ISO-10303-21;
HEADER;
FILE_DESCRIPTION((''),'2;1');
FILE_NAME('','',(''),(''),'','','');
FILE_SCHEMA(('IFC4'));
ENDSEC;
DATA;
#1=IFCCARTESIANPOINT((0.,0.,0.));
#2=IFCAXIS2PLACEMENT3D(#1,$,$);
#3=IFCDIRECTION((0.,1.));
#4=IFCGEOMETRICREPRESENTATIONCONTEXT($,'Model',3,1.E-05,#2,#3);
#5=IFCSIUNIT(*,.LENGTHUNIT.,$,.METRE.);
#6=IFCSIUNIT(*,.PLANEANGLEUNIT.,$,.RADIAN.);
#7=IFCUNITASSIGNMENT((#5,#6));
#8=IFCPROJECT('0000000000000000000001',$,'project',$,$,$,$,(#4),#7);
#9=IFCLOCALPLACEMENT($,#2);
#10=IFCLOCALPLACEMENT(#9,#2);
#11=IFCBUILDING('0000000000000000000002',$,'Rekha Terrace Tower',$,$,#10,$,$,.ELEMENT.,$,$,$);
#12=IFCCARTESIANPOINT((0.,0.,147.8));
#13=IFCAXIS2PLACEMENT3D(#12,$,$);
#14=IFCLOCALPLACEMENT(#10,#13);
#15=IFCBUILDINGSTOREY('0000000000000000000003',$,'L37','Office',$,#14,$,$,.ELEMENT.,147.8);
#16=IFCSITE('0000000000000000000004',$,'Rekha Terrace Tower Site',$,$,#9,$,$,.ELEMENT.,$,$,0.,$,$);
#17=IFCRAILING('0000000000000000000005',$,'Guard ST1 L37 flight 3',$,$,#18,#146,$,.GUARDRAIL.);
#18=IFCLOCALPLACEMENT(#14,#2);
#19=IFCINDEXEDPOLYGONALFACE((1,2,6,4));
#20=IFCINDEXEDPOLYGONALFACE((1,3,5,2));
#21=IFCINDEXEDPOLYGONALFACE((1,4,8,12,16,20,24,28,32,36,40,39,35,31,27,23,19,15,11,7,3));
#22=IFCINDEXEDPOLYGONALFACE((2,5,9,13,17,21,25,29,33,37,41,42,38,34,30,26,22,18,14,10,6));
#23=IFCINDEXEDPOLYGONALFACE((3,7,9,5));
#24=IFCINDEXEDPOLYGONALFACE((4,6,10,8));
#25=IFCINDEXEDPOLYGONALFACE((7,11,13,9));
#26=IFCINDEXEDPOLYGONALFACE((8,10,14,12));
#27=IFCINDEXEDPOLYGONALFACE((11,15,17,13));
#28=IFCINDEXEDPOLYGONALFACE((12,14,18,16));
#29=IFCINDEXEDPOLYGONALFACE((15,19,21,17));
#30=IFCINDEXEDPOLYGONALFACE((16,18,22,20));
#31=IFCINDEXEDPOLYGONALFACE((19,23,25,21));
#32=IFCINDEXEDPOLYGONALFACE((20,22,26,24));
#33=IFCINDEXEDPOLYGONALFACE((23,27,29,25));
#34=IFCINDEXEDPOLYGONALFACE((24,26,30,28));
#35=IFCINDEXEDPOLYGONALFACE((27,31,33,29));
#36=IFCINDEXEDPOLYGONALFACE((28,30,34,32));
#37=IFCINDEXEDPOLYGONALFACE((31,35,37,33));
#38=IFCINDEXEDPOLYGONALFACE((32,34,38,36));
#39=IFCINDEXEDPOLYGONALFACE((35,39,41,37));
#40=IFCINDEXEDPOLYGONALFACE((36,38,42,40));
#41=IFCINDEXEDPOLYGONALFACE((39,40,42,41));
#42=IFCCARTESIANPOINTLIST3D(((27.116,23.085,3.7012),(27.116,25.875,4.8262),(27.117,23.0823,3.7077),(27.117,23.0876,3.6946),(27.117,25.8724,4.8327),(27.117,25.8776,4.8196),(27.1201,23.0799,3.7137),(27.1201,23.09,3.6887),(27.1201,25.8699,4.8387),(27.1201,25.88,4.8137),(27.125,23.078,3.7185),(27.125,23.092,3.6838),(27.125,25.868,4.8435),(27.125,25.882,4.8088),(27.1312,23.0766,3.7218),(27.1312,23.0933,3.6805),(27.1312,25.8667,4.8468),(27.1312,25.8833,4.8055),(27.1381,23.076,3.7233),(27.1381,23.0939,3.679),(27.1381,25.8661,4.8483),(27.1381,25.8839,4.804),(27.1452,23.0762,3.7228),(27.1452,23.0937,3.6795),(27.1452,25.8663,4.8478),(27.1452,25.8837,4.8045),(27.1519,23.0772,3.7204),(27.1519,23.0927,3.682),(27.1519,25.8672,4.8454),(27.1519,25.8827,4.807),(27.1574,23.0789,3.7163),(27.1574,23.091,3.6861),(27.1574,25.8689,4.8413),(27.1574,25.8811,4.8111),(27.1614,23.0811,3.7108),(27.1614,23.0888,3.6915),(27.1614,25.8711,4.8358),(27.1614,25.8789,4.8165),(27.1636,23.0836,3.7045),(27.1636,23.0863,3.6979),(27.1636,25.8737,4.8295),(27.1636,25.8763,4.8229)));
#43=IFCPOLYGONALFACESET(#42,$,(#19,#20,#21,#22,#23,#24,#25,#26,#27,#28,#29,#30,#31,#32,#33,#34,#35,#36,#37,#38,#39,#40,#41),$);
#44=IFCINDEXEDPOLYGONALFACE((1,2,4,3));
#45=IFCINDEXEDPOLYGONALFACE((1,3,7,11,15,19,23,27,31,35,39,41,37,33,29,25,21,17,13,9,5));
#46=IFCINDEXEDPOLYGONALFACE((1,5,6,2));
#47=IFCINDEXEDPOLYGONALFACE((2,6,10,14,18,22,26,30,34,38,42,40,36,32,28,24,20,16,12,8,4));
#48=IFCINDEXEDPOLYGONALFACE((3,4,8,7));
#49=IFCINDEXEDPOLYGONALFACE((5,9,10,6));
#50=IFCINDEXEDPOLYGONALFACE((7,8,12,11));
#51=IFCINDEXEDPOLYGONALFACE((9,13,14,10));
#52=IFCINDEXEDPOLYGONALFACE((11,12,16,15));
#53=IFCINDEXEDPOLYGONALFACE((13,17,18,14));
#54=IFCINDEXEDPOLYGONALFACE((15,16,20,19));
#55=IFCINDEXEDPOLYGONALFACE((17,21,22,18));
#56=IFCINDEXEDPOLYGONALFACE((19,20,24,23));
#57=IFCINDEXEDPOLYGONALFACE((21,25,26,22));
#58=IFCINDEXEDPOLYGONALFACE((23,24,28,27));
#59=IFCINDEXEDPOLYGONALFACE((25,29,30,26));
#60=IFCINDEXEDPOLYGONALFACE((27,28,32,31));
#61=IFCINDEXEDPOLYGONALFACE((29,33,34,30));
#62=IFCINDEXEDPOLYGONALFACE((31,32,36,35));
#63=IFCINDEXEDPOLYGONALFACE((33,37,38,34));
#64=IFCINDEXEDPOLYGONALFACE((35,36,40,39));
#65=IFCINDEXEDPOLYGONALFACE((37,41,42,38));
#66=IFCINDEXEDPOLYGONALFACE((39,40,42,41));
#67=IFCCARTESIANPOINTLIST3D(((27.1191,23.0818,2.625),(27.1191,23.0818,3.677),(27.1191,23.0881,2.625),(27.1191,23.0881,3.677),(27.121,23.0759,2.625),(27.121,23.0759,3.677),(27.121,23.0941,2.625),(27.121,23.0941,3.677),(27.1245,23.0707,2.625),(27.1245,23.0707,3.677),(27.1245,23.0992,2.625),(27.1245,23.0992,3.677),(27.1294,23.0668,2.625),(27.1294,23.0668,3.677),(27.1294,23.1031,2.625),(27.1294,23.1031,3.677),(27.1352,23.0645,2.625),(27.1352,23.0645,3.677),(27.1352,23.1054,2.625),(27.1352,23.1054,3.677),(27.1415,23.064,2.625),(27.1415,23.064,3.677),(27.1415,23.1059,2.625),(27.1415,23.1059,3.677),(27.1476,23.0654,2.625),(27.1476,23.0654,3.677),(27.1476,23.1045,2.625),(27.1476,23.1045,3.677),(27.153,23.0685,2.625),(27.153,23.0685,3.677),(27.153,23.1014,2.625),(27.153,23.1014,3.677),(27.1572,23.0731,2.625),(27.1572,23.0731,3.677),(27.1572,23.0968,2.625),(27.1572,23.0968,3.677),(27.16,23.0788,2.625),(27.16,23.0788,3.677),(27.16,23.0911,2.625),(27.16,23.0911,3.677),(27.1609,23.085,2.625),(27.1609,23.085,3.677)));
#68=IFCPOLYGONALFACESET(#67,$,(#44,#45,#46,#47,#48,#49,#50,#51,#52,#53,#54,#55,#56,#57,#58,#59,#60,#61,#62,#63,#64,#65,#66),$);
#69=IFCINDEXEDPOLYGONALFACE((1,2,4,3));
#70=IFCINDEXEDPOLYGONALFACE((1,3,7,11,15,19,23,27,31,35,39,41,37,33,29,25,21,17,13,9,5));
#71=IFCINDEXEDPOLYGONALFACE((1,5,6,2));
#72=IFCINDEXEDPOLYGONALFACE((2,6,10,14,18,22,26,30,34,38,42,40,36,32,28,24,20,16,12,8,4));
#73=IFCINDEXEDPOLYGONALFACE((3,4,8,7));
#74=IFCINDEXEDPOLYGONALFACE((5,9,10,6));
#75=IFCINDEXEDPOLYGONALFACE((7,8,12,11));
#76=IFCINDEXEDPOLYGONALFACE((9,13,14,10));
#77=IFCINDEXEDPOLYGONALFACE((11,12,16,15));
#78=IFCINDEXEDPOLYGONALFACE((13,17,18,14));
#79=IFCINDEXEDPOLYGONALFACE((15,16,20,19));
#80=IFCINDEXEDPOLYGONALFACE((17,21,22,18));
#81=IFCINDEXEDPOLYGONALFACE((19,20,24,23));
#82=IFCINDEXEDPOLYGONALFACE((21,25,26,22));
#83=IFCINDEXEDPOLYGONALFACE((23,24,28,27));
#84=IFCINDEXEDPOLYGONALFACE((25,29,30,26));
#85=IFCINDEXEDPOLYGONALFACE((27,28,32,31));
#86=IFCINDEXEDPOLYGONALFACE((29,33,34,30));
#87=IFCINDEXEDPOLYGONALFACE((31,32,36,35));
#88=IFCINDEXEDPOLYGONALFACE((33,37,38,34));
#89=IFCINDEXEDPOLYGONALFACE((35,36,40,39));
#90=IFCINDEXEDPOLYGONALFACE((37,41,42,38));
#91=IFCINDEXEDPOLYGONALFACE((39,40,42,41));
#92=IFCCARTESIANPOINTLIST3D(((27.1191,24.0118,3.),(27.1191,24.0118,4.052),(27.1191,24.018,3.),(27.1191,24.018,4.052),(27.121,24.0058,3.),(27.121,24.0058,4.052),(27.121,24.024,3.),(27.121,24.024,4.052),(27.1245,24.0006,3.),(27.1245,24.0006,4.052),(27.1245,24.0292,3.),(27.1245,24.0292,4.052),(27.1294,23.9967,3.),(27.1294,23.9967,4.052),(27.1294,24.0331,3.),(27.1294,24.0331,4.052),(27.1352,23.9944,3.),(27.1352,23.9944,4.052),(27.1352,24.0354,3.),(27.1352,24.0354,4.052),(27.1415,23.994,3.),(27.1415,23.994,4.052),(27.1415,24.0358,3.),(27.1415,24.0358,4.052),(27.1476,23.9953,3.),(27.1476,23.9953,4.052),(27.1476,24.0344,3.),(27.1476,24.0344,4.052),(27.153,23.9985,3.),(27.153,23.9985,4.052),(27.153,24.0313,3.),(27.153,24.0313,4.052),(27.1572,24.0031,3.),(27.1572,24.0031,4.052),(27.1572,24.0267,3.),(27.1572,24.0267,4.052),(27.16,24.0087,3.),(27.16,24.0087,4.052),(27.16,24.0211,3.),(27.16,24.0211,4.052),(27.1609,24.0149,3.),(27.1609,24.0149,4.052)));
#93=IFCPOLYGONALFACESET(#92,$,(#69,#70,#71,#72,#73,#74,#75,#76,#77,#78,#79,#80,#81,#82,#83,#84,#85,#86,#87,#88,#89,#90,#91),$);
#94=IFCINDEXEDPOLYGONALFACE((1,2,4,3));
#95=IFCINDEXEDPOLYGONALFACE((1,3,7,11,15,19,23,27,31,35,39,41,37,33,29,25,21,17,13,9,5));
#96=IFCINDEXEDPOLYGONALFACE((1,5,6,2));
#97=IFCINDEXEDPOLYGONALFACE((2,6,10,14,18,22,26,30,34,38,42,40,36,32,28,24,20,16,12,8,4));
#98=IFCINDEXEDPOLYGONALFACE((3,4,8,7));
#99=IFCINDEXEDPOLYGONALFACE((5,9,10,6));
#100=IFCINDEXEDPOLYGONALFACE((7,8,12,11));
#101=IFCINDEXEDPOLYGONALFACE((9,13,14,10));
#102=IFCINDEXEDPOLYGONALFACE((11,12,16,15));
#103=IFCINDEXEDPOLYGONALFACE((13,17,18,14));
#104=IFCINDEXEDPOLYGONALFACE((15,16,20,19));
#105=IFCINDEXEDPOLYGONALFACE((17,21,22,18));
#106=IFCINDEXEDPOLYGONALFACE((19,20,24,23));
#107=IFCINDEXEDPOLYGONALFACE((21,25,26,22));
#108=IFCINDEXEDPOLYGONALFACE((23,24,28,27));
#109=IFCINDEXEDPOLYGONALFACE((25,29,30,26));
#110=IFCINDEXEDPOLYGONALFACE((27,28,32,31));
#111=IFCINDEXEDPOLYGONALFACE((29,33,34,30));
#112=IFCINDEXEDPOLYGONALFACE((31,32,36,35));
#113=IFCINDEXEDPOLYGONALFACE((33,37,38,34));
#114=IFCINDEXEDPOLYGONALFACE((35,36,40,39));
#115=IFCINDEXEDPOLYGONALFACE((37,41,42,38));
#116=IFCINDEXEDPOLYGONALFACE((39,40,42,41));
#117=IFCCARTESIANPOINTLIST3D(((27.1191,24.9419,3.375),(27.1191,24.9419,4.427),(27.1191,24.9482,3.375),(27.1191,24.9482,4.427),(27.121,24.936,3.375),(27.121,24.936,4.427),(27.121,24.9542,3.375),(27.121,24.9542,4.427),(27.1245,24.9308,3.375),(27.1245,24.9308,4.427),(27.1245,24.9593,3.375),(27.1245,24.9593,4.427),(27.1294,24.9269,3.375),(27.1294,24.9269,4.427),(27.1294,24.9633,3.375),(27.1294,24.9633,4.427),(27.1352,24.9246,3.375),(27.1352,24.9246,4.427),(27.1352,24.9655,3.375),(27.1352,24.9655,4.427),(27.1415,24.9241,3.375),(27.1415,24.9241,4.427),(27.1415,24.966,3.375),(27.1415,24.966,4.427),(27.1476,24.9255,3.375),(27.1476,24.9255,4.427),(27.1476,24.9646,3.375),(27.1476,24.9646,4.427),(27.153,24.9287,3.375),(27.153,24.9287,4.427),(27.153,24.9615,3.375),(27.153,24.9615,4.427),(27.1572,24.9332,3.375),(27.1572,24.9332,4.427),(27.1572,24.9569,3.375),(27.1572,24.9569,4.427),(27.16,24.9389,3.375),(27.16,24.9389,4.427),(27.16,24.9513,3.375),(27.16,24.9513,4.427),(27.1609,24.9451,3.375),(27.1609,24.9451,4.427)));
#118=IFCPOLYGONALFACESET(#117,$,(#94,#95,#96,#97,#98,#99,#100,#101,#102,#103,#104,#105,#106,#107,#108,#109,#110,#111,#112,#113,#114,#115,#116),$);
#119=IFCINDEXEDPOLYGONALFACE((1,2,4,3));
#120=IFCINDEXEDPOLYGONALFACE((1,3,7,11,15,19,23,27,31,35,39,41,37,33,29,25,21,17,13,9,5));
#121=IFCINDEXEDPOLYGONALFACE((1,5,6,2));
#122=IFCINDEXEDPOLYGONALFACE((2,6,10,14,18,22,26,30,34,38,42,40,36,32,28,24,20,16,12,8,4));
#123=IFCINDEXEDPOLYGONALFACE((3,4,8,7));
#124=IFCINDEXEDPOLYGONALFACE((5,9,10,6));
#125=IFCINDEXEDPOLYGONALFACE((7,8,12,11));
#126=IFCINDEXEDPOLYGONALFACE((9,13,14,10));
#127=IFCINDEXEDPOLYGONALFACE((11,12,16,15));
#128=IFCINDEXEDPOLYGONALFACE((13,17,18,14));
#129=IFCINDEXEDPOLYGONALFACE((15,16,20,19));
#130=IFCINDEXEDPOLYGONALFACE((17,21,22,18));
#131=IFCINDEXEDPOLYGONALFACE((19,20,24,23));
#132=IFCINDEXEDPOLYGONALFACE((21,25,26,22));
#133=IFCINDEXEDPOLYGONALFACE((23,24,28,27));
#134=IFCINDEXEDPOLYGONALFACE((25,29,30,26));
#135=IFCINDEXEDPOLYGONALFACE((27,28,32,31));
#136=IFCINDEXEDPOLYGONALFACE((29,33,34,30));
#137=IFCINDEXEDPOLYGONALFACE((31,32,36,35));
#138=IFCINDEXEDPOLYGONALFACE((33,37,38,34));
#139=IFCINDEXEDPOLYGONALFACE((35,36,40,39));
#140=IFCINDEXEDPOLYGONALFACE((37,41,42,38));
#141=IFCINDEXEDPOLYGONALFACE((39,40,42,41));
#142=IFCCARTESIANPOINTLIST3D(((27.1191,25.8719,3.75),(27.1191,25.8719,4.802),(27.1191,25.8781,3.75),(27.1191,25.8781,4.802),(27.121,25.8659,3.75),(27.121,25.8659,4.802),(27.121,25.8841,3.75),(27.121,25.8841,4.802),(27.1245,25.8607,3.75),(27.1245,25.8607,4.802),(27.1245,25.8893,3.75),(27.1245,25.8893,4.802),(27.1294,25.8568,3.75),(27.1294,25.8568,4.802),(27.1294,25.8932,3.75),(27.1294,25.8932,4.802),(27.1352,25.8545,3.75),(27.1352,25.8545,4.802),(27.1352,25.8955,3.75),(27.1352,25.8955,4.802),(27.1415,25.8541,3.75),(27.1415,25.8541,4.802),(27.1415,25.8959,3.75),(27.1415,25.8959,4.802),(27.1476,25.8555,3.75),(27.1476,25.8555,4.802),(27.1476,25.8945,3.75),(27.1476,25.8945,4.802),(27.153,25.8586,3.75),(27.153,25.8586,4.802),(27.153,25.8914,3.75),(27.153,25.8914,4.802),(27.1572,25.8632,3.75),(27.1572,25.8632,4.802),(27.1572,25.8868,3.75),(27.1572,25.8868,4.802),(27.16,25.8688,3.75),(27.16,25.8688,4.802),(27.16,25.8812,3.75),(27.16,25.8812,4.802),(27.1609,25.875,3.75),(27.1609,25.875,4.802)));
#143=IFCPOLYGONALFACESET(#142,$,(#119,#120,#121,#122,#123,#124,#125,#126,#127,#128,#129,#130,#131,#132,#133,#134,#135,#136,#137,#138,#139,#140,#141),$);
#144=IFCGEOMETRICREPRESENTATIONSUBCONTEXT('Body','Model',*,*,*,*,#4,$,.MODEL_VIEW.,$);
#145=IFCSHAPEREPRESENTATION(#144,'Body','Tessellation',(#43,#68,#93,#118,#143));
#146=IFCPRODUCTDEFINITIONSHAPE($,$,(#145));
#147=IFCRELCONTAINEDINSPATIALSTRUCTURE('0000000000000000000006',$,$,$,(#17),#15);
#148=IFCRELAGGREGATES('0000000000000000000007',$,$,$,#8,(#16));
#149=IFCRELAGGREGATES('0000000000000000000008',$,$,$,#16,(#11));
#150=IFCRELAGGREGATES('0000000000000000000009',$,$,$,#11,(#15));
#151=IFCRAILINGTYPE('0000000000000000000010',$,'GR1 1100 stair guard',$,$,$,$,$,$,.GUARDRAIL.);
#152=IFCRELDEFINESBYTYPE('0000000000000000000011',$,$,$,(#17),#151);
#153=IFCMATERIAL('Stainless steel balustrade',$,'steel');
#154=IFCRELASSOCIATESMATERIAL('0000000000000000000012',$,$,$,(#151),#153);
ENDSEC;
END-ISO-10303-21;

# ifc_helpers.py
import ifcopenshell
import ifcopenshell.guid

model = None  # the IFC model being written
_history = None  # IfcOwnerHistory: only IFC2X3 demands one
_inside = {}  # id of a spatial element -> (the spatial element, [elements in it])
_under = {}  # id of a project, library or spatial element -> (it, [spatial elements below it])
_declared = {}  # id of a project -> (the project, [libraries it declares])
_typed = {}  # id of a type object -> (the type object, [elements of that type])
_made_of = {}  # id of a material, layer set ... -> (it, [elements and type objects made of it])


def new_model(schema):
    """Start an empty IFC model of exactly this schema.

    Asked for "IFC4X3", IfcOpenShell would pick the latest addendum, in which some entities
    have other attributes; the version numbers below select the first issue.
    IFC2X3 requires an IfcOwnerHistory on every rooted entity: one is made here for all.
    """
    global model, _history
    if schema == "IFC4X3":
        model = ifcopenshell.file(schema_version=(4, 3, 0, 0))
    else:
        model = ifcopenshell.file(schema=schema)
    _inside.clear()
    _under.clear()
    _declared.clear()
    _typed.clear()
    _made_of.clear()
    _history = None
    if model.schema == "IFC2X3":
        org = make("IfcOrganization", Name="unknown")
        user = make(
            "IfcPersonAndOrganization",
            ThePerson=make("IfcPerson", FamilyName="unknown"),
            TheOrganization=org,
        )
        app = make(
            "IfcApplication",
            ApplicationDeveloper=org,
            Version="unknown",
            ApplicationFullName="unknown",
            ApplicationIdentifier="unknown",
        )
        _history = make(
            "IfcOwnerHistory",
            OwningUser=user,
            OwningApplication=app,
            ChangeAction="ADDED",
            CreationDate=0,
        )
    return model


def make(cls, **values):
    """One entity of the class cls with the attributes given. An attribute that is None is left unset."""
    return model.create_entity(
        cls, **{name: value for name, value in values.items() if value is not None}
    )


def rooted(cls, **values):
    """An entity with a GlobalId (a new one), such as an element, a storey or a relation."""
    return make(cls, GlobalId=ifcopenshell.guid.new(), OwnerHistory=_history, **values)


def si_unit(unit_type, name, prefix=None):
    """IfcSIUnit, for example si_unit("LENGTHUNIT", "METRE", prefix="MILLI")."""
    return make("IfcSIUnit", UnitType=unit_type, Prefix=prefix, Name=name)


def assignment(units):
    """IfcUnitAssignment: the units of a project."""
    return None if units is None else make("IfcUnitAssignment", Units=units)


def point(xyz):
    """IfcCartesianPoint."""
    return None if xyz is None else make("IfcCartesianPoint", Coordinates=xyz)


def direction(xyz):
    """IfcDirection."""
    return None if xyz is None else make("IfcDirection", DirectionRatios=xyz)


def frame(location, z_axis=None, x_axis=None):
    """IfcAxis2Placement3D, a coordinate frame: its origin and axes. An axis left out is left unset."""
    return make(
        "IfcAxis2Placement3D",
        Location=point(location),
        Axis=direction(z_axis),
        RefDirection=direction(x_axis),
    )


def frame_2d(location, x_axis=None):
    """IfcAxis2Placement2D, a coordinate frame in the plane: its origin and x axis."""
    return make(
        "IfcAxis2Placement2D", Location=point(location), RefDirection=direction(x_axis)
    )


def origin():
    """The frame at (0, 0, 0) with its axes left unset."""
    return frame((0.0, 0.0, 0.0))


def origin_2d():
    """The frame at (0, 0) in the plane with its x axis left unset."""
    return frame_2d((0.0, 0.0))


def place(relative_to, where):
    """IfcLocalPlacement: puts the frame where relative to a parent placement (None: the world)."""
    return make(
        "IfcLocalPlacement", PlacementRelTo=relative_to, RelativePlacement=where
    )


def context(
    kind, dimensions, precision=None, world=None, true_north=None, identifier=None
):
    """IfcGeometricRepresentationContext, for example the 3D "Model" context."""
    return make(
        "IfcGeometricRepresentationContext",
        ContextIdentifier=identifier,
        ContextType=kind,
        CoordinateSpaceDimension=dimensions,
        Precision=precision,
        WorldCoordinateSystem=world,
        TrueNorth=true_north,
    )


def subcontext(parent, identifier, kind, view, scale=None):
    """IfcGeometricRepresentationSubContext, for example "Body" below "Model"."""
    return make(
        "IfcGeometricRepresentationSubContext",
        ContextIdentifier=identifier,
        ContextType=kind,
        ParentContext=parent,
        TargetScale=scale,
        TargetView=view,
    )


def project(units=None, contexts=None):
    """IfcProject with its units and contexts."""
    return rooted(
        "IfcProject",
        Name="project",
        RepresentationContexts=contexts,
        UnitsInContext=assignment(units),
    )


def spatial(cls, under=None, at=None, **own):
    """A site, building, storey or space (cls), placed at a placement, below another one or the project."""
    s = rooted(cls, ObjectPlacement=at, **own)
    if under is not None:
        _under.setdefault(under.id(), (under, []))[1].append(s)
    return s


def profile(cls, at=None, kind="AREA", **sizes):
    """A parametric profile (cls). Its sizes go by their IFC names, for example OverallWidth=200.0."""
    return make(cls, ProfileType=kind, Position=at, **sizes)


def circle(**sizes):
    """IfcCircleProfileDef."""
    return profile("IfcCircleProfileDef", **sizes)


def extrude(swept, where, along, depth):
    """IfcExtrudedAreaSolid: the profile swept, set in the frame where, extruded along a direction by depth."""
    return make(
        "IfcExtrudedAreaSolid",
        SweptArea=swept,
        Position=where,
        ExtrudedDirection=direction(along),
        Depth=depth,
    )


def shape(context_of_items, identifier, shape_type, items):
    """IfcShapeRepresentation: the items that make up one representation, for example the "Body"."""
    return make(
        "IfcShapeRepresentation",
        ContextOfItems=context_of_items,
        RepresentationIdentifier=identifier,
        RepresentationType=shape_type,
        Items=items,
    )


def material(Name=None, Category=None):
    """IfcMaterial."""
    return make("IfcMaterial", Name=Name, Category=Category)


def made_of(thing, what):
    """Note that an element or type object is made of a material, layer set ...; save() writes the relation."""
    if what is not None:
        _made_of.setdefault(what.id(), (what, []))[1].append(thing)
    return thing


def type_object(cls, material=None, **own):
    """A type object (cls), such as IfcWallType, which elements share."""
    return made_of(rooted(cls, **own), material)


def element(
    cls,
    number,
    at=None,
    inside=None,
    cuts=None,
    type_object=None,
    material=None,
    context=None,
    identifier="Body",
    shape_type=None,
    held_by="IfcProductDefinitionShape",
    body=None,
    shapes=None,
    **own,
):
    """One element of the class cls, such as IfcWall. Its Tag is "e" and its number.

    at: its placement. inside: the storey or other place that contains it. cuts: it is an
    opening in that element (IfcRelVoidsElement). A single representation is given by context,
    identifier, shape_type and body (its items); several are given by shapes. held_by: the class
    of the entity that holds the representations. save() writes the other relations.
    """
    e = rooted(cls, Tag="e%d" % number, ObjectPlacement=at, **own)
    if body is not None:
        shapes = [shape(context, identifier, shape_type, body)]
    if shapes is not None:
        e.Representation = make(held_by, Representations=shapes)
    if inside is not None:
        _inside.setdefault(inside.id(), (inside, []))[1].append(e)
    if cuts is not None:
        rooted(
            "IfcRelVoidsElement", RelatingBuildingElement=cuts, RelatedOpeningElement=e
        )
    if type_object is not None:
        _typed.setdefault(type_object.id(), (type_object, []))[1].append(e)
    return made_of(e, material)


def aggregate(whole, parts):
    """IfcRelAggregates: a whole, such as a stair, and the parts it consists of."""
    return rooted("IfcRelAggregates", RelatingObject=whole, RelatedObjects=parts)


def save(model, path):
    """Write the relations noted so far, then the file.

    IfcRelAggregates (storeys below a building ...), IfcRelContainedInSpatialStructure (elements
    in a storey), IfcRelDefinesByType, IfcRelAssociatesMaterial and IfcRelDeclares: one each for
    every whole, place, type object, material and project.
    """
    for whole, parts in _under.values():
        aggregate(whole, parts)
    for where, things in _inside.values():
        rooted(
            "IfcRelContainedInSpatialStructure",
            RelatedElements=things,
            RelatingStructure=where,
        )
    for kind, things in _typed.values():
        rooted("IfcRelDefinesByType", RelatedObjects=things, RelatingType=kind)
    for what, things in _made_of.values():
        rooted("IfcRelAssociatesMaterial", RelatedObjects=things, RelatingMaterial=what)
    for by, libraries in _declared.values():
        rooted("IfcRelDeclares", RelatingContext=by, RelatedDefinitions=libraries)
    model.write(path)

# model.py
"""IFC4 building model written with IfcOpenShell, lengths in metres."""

from ifc_helpers import new_model, si_unit, direction, frame, origin, origin_2d, place, context, subcontext, project, spatial, circle, extrude, material, type_object, element, save


model = new_model("IFC4")

# Units and contexts
model_context = context("Model", 3, precision=1e-05, world=origin(), true_north=direction((0.0, 1.0)))
body_context = subcontext(model_context, "Body", "Model", "MODEL_VIEW")
ifc_project = project(units=[si_unit("LENGTHUNIT", "METRE"), si_unit("PLANEANGLEUNIT", "RADIAN")], contexts=[model_context])

# Site, building, storey
site_placement = place(None, origin())
site = spatial("IfcSite", under=ifc_project, at=site_placement, Name="Rekha Terrace Tower Site", CompositionType="ELEMENT", RefElevation=0.0)
building_placement = place(site_placement, origin())
building = spatial("IfcBuilding", under=site, at=building_placement, Name="Rekha Terrace Tower", CompositionType="ELEMENT")
storey_placement = place(building_placement, frame((0.0, 0.0, 147.8)))
storey = spatial("IfcBuildingStorey", under=building, at=storey_placement, Name="L37", Description="Office", CompositionType="ELEMENT", Elevation=147.8)

# Railing
ifc_material_1 = material(Name="Stainless steel balustrade", Category="steel")
railing_type_1 = type_object("IfcRailingType", Name="GR1 1100 stair guard", PredefinedType="GUARDRAIL", material=ifc_material_1)
railing_1_placement = place(storey_placement, frame((27.1399, 23.085, 2.625)))
element("IfcRailing", 1, at=railing_1_placement, inside=storey, type_object=railing_type_1, Name="Guard ST1 L37 flight 3", PredefinedType="GUARDRAIL", context=body_context, shape_type="SweptSolid", body=[
    extrude(circle(Radius=0.0239, at=origin_2d()), frame((0.0, 0.0, 1.0762), z_axis=(0.0, 0.927443, 0.373964), x_axis=(-1.0, 0.0, 0.0)), (0.0, 0.0, 1.0), 3.0083),
    extrude(circle(Radius=0.021, at=origin_2d()), origin(), (0.0, 0.0, 1.0), 1.052),
    extrude(circle(Radius=0.021, at=origin_2d()), frame((0.0, 0.9299, 0.375)), (0.0, 0.0, 1.0), 1.052),
    extrude(circle(Radius=0.021, at=origin_2d()), frame((0.0, 1.8601, 0.75)), (0.0, 0.0, 1.0), 1.052),
    extrude(circle(Radius=0.021, at=origin_2d()), frame((0.0, 2.79, 1.125)), (0.0, 0.0, 1.0), 1.052),
])

save(model, "model.ifc")
